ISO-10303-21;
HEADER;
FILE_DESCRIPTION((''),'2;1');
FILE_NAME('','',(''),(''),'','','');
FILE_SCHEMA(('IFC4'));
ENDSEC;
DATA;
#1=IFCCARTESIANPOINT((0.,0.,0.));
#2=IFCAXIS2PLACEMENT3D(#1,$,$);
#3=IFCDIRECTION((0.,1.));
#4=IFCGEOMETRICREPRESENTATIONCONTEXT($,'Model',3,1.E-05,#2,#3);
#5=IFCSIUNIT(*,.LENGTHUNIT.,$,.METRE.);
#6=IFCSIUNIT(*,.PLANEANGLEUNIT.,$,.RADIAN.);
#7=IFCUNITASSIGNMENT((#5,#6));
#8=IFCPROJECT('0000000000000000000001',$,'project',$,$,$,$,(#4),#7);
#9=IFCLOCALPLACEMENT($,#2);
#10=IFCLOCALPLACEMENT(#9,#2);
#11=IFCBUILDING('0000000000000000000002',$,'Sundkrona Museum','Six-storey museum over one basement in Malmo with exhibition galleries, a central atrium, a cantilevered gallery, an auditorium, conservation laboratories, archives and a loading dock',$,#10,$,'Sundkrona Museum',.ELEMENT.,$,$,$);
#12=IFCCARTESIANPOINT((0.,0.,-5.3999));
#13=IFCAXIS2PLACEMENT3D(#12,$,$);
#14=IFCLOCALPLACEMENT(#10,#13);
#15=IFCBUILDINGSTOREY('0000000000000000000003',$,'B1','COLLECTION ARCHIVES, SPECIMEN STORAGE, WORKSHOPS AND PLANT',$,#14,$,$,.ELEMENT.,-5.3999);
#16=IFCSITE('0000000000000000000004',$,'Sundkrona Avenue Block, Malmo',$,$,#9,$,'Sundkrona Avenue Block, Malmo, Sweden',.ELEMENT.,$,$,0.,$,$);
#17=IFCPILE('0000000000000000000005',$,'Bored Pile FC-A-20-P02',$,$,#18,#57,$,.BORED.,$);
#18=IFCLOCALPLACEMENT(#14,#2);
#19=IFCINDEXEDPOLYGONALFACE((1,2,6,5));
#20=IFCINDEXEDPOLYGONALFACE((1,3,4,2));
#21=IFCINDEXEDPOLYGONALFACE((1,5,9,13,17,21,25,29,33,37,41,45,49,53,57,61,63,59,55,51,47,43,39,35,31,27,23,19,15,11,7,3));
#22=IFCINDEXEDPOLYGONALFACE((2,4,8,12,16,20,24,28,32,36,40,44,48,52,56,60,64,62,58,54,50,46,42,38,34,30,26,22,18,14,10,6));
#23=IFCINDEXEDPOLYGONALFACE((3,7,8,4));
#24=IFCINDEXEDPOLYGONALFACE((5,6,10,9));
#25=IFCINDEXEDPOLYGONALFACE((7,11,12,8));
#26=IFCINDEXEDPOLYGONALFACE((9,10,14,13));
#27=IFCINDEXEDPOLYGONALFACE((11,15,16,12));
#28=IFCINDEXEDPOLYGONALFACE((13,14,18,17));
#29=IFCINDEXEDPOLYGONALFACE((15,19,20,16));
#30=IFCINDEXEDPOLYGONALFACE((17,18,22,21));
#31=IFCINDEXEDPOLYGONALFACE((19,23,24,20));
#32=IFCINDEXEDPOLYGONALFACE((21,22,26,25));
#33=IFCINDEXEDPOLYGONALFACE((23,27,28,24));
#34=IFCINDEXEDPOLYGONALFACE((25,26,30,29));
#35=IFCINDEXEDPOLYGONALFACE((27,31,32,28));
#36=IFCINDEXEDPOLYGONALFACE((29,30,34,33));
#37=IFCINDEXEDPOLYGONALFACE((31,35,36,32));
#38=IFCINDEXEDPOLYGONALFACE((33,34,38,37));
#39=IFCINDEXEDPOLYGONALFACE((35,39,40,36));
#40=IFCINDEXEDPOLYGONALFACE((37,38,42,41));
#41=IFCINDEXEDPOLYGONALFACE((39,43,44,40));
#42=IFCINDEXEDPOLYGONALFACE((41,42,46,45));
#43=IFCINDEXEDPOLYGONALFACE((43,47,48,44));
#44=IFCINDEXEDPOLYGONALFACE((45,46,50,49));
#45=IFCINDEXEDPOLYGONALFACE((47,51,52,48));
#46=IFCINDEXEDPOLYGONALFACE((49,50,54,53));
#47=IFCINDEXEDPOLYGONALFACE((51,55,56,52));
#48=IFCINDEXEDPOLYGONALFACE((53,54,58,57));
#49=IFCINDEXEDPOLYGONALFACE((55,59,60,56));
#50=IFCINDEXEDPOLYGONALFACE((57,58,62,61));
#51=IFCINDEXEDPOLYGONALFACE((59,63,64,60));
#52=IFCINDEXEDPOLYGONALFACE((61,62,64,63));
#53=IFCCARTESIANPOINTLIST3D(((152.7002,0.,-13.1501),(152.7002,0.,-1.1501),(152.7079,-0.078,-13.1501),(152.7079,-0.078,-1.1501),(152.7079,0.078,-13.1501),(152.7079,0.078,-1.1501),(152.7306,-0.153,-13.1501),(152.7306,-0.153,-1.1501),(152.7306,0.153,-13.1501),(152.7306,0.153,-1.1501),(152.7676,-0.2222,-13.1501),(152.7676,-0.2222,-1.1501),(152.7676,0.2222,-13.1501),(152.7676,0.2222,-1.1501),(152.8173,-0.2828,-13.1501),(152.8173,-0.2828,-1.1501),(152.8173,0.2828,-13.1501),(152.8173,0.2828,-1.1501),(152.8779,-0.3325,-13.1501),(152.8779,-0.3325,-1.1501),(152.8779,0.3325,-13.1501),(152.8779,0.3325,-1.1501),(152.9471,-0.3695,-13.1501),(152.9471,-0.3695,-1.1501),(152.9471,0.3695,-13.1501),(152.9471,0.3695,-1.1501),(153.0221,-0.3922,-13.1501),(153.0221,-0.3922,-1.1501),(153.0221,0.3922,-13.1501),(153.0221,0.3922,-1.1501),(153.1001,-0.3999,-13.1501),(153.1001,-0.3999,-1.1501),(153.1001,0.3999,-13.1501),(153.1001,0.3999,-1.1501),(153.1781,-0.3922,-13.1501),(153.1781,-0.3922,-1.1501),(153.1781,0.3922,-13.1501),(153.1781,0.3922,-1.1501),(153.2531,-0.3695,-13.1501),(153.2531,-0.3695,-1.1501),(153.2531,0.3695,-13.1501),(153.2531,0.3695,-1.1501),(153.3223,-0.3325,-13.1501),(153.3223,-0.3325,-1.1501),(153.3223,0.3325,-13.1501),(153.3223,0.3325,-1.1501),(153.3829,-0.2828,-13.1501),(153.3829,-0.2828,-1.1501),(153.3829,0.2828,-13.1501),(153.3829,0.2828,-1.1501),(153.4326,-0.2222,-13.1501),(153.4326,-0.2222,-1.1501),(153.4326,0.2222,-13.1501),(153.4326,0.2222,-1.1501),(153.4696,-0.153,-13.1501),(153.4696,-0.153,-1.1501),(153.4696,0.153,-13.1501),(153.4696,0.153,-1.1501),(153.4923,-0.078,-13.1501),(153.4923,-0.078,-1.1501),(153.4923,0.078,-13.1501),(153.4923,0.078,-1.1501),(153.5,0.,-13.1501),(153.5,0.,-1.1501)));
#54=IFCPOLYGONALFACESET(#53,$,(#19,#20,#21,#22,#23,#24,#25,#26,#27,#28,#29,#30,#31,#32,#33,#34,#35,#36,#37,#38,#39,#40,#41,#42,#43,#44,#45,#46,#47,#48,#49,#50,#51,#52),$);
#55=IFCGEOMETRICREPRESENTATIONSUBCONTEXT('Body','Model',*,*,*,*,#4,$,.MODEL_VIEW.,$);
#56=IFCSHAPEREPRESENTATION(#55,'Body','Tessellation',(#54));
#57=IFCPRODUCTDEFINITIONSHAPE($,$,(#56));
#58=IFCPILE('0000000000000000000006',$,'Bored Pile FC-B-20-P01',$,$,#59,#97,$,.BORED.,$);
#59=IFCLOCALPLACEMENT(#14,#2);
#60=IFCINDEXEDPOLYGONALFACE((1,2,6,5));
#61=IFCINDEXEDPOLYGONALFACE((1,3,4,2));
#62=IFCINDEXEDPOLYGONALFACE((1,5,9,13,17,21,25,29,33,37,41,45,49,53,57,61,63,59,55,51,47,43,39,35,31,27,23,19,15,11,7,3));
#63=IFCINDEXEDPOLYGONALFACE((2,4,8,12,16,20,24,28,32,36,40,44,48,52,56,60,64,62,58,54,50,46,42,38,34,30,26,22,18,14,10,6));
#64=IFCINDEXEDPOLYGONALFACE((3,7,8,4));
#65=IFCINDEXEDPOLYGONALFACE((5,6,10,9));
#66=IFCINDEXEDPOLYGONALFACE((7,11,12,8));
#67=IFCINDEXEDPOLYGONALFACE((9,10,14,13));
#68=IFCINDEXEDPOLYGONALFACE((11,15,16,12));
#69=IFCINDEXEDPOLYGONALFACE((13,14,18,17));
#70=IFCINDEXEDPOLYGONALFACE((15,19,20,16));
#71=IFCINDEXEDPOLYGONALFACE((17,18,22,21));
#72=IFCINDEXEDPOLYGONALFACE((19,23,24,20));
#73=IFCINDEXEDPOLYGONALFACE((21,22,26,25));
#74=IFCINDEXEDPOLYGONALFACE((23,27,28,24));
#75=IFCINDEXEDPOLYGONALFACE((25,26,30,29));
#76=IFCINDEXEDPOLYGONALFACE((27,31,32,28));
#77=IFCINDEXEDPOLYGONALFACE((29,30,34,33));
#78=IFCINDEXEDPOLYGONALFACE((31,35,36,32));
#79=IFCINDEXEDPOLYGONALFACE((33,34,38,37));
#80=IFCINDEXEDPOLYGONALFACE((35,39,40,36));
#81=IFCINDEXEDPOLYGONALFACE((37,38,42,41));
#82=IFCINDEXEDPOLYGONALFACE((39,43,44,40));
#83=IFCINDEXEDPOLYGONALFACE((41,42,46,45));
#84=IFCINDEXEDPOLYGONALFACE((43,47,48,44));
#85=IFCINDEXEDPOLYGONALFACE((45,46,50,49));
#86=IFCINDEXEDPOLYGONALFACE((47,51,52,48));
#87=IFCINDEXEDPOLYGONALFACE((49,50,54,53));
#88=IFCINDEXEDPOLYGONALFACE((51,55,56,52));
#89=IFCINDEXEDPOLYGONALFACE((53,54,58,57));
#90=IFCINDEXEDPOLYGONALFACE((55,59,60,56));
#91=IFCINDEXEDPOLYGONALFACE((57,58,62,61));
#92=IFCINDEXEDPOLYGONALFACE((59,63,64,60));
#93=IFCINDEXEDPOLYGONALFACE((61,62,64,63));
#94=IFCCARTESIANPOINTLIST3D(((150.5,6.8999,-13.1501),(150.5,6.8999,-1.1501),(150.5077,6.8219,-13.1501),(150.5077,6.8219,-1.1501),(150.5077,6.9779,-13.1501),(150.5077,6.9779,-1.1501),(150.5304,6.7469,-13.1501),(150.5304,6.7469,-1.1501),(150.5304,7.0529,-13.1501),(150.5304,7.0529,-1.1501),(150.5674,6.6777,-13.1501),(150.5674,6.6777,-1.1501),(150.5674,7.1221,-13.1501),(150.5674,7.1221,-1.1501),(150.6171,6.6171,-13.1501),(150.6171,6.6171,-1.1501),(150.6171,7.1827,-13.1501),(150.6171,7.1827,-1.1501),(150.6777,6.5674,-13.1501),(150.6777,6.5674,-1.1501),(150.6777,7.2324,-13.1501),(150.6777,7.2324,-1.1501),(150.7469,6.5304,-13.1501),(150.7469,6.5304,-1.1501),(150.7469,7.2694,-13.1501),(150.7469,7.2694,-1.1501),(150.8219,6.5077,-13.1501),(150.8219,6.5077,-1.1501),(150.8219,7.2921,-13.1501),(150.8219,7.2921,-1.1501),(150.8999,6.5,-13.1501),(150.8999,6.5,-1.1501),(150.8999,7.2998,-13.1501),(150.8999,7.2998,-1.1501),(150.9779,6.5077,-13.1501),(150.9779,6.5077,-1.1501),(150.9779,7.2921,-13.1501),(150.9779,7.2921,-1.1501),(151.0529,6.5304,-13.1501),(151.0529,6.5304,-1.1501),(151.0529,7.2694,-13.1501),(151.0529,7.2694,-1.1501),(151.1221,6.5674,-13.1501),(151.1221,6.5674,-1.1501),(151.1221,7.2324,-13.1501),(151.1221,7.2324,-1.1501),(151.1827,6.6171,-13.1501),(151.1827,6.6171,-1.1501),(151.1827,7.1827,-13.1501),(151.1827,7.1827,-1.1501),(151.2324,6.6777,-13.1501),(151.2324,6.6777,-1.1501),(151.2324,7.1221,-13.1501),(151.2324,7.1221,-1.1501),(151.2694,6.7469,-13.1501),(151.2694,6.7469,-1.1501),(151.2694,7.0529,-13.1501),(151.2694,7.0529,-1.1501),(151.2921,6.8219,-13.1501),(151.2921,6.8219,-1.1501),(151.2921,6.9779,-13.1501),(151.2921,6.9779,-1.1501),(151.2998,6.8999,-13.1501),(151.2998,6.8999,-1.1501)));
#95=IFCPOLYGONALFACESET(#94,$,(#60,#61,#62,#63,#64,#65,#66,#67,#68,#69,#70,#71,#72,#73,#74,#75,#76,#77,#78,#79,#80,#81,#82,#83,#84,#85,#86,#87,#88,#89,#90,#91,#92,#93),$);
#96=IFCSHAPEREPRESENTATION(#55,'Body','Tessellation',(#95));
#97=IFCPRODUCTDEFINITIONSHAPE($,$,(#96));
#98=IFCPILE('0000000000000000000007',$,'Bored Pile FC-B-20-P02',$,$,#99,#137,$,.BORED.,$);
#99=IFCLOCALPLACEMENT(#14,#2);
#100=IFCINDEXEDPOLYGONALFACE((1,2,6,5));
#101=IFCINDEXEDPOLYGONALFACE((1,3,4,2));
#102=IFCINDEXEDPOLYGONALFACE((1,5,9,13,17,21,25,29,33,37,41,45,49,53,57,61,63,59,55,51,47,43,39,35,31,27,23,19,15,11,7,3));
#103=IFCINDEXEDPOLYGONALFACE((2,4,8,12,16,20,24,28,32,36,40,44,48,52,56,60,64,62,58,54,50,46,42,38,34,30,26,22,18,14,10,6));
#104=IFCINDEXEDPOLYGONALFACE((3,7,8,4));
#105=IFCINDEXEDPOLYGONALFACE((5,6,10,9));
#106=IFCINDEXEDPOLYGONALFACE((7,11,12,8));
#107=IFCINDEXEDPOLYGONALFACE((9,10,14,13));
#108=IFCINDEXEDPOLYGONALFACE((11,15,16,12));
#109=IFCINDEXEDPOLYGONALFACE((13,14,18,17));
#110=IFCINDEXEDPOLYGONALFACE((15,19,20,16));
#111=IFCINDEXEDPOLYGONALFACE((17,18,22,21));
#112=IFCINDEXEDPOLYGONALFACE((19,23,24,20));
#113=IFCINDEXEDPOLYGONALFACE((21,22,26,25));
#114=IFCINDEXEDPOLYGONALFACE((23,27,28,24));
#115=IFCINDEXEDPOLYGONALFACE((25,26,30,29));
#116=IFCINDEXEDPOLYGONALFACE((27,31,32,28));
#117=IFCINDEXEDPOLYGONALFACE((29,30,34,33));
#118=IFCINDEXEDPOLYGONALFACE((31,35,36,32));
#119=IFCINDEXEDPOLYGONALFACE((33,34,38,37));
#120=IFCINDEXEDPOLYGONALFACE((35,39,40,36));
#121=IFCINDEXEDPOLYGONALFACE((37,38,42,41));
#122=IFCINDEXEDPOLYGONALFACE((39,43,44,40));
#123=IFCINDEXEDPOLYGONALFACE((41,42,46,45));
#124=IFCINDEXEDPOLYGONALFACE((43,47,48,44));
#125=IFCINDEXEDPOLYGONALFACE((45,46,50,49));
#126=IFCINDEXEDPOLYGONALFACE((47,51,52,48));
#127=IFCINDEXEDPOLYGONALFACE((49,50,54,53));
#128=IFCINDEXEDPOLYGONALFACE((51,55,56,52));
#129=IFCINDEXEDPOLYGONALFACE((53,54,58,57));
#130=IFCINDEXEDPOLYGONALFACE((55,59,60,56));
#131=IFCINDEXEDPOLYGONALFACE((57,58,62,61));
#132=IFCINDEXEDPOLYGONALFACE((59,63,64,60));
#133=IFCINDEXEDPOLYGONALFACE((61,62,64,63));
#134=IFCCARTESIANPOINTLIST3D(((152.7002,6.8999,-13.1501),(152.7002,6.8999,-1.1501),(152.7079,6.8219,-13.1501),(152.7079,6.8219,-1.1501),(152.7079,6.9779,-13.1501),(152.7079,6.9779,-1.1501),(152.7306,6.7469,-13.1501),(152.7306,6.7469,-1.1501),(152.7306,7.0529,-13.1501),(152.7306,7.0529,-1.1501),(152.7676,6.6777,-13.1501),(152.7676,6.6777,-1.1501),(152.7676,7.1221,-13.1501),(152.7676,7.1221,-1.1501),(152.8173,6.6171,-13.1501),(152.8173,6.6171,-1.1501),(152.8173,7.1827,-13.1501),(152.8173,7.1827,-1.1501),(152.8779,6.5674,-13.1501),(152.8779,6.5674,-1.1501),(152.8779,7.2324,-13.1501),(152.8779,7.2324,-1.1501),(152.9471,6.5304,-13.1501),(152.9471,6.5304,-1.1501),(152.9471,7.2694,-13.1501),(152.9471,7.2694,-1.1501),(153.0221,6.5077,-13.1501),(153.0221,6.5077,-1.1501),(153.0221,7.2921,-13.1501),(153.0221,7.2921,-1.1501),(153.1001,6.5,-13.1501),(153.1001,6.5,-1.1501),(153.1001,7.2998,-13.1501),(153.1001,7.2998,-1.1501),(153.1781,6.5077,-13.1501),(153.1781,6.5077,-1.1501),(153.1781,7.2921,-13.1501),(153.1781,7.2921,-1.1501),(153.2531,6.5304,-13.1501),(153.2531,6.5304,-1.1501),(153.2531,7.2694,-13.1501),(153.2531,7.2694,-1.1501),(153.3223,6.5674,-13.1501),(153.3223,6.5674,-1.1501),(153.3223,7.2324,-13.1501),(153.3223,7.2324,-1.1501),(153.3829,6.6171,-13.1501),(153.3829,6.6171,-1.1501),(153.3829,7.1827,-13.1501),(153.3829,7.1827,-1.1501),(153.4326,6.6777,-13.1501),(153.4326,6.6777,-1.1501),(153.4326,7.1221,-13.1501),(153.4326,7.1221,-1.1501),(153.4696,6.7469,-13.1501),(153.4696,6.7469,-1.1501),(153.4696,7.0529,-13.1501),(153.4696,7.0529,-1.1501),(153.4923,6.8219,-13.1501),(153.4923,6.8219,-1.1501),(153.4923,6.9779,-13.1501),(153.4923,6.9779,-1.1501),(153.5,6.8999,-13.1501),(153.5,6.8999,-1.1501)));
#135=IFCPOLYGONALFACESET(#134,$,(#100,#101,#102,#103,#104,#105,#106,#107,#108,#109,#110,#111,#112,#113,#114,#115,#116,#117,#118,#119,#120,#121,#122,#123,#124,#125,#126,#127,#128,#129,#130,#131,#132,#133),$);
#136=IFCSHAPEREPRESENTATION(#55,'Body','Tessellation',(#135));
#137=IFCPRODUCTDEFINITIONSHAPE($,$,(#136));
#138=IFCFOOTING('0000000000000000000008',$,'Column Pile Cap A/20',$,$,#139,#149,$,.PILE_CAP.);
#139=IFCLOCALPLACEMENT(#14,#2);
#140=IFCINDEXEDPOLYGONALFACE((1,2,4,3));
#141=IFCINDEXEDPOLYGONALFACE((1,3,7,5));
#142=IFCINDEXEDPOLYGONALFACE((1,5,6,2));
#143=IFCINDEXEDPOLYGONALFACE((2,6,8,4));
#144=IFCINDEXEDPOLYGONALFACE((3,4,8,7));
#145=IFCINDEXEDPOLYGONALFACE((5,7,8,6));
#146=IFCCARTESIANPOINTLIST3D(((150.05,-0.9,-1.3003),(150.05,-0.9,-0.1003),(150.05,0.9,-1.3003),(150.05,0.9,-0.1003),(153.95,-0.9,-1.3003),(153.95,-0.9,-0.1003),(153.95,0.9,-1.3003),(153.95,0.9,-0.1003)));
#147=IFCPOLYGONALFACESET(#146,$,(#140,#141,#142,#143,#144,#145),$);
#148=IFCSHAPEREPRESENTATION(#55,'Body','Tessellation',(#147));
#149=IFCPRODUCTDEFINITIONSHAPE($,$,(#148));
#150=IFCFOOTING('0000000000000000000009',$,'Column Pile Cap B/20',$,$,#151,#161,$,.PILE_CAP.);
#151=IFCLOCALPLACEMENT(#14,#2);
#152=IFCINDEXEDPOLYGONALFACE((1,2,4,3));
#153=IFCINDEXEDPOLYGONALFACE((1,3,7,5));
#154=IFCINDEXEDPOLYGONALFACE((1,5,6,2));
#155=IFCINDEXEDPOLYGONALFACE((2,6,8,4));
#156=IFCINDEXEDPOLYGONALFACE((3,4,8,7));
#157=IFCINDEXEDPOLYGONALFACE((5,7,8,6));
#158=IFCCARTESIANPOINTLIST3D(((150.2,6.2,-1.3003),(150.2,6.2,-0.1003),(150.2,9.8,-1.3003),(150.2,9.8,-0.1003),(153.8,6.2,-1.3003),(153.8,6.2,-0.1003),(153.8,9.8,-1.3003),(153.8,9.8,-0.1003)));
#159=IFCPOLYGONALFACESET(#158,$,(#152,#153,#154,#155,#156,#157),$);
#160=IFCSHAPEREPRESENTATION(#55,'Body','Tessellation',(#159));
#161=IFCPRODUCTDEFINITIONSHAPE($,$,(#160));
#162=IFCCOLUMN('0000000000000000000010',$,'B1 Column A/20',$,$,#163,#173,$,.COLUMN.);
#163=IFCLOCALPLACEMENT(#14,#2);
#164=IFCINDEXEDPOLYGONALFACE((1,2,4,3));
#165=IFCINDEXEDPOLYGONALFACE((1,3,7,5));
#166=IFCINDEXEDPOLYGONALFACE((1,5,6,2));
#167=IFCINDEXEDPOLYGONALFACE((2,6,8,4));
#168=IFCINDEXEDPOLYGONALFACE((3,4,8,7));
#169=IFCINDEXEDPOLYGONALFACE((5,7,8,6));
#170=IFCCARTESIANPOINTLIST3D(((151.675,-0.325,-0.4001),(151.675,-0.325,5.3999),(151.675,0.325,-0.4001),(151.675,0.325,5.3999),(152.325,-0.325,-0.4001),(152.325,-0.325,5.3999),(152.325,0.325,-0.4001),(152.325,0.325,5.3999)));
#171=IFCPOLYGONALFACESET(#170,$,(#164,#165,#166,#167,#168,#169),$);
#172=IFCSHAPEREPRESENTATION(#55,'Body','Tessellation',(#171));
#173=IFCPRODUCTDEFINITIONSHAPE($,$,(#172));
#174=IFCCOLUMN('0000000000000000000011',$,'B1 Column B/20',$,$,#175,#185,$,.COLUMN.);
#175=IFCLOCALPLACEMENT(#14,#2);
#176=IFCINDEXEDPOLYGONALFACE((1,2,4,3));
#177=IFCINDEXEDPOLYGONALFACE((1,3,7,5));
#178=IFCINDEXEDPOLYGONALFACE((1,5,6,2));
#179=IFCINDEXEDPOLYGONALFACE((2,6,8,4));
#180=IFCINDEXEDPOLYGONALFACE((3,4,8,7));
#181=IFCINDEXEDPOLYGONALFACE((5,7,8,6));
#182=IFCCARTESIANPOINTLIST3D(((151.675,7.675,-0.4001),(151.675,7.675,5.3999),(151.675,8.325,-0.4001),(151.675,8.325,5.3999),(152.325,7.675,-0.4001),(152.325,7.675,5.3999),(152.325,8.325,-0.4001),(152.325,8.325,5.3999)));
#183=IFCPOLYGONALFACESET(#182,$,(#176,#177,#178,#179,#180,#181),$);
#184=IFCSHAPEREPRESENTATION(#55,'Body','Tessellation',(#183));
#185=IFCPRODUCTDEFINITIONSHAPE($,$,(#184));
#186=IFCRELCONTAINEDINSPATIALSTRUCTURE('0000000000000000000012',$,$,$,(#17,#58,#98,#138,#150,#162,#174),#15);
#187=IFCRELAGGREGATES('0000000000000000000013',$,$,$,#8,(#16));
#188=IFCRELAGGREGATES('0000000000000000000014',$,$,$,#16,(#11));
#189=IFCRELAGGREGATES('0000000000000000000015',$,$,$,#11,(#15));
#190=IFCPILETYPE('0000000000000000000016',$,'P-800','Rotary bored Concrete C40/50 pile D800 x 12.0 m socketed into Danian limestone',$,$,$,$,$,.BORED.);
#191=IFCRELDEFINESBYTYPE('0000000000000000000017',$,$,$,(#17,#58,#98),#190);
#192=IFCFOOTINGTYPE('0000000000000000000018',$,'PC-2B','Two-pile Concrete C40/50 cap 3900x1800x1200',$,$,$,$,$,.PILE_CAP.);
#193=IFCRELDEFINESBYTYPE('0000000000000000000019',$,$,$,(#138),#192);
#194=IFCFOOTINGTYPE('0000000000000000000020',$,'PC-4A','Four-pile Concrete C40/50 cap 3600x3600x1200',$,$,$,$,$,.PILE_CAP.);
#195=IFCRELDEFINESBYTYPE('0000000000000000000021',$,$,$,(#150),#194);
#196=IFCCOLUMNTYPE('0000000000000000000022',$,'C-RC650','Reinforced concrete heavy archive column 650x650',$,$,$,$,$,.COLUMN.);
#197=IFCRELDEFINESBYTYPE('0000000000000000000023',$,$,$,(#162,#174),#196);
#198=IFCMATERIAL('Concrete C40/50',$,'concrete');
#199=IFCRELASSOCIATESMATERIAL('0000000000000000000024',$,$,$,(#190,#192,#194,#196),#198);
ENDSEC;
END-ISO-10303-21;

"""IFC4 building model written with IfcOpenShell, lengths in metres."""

from ifc_helpers import new_model, si_unit, direction, frame, origin, origin_2d, place, context, subcontext, project, spatial, rectangle, circle, extrude, material, material_profile, profile_set, type_object, element, save


model = new_model("IFC4")

# Units and contexts
model_context = context("Model", 3, precision=1e-05, world=origin(), true_north=direction((0.0, 1.0)))
body_context = subcontext(model_context, "Body", "Model", "MODEL_VIEW")
ifc_project = project(units=[si_unit("LENGTHUNIT", "METRE"), si_unit("PLANEANGLEUNIT", "RADIAN")], contexts=[model_context])

# Site, building, storey
site_placement = place(None, origin())
site = spatial("IfcSite", under=ifc_project, at=site_placement, Name="Sundkrona Avenue Block, Malmo", LongName="Sundkrona Avenue Block, Malmo, Sweden", CompositionType="ELEMENT", RefElevation=0.0)
building_placement = place(site_placement, origin())
building = spatial("IfcBuilding", under=site, at=building_placement, Name="Sundkrona Museum", Description="Six-storey museum over one basement in Malmo with exhibition galleries, a central atrium, a cantilevered gallery, an auditorium, conservation laboratories, archives and a loading dock", LongName="Sundkrona Museum", CompositionType="ELEMENT")
storey_placement = place(building_placement, frame((0.0, 0.0, -5.3999)))
storey = spatial("IfcBuildingStorey", under=building, at=storey_placement, Name="B1", Description="COLLECTION ARCHIVES, SPECIMEN STORAGE, WORKSHOPS AND PLANT", CompositionType="ELEMENT", Elevation=-5.3999)

# Shared definitions
ifc_material_1 = material(Name="Concrete C40/50", Category="concrete")

# Piles
ifc_material_profile_1 = material_profile(ifc_material_1, circle(Radius=0.3999, at=origin_2d()), Name="PILE D800")
ifc_profile_set_1 = profile_set([ifc_material_profile_1], Name="Concrete C40/50")
pile_type_1 = type_object("IfcPileType", Name="P-800", Description="Rotary bored Concrete C40/50 pile D800 x 12.0 m socketed into Danian limestone", PredefinedType="BORED", material=ifc_profile_set_1)
for number, where, z_axis, x_axis, name in (
    (1, (153.1001, 0.0, -1.1501), (0.0, 0.0, -1.0), (1.0, 0.0, 0.0), "Bored Pile FC-A-20-P02"),
    (2, (150.8999, 6.8999, -1.1501), (0.0, 0.0, -1.0), (1.0, 0.0, 0.0), "Bored Pile FC-B-20-P01"),
    (3, (153.1001, 6.8999, -1.1501), (0.0, 0.0, -1.0), (1.0, 0.0, 0.0), "Bored Pile FC-B-20-P02"),
):
    element("IfcPile", number, at=place(storey_placement, frame(where, z_axis=z_axis, x_axis=x_axis)), inside=storey, type_object=pile_type_1, Name=name, PredefinedType="BORED", context=body_context, shape_type="SweptSolid", body=[
        extrude(circle(Radius=0.3999, at=origin_2d()), origin(), (0.0, 0.0, 1.0), 12.0),
    ])

# Footings
footing_type_1 = type_object("IfcFootingType", Name="PC-2B", Description="Two-pile Concrete C40/50 cap 3900x1800x1200", PredefinedType="PILE_CAP", material=ifc_material_1)
footing_1_placement = place(storey_placement, frame((152.0, 0.0, -1.3003), z_axis=(0.0, 0.0, 1.0), x_axis=(1.0, 0.0, 0.0)))
element("IfcFooting", 4, at=footing_1_placement, inside=storey, type_object=footing_type_1, Name="Column Pile Cap A/20", PredefinedType="PILE_CAP", context=body_context, shape_type="SweptSolid", body=[
    extrude(rectangle(XDim=3.8999, YDim=1.8, at=origin_2d()), origin(), (0.0, 0.0, 1.0), 1.2),
])
footing_type_2 = type_object("IfcFootingType", Name="PC-4A", Description="Four-pile Concrete C40/50 cap 3600x3600x1200", PredefinedType="PILE_CAP", material=ifc_material_1)
footing_2_placement = place(storey_placement, frame((152.0, 8.0, -1.3003), z_axis=(0.0, 0.0, 1.0), x_axis=(1.0, 0.0, 0.0)))
element("IfcFooting", 5, at=footing_2_placement, inside=storey, type_object=footing_type_2, Name="Column Pile Cap B/20", PredefinedType="PILE_CAP", context=body_context, shape_type="SweptSolid", body=[
    extrude(rectangle(XDim=3.6001, YDim=3.6001, at=origin_2d()), origin(), (0.0, 0.0, 1.0), 1.2),
])

# Columns
ifc_material_profile_2 = material_profile(ifc_material_1, rectangle(XDim=0.6499, YDim=0.6499, at=origin_2d()), Name="RC 650x650")
ifc_profile_set_2 = profile_set([ifc_material_profile_2], Name="Concrete C40/50")
column_type = type_object("IfcColumnType", Name="C-RC650", Description="Reinforced concrete heavy archive column 650x650", PredefinedType="COLUMN", material=ifc_profile_set_2)
for number, where, z_axis, x_axis, name in (
    (6, (152.0, 0.0, -0.4001), (0.0, 0.0, 1.0), (1.0, 0.0, 0.0), "B1 Column A/20"),
    (7, (152.0, 8.0, -0.4001), (0.0, 0.0, 1.0), (1.0, 0.0, 0.0), "B1 Column B/20"),
):
    element("IfcColumn", number, at=place(storey_placement, frame(where, z_axis=z_axis, x_axis=x_axis)), inside=storey, type_object=column_type, Name=name, PredefinedType="COLUMN", context=body_context, shape_type="SweptSolid", body=[
        extrude(rectangle(XDim=0.6499, YDim=0.6499, at=origin_2d()), origin(), (0.0, 0.0, 1.0), 5.8),
    ])

save(model, "model.ifc")
